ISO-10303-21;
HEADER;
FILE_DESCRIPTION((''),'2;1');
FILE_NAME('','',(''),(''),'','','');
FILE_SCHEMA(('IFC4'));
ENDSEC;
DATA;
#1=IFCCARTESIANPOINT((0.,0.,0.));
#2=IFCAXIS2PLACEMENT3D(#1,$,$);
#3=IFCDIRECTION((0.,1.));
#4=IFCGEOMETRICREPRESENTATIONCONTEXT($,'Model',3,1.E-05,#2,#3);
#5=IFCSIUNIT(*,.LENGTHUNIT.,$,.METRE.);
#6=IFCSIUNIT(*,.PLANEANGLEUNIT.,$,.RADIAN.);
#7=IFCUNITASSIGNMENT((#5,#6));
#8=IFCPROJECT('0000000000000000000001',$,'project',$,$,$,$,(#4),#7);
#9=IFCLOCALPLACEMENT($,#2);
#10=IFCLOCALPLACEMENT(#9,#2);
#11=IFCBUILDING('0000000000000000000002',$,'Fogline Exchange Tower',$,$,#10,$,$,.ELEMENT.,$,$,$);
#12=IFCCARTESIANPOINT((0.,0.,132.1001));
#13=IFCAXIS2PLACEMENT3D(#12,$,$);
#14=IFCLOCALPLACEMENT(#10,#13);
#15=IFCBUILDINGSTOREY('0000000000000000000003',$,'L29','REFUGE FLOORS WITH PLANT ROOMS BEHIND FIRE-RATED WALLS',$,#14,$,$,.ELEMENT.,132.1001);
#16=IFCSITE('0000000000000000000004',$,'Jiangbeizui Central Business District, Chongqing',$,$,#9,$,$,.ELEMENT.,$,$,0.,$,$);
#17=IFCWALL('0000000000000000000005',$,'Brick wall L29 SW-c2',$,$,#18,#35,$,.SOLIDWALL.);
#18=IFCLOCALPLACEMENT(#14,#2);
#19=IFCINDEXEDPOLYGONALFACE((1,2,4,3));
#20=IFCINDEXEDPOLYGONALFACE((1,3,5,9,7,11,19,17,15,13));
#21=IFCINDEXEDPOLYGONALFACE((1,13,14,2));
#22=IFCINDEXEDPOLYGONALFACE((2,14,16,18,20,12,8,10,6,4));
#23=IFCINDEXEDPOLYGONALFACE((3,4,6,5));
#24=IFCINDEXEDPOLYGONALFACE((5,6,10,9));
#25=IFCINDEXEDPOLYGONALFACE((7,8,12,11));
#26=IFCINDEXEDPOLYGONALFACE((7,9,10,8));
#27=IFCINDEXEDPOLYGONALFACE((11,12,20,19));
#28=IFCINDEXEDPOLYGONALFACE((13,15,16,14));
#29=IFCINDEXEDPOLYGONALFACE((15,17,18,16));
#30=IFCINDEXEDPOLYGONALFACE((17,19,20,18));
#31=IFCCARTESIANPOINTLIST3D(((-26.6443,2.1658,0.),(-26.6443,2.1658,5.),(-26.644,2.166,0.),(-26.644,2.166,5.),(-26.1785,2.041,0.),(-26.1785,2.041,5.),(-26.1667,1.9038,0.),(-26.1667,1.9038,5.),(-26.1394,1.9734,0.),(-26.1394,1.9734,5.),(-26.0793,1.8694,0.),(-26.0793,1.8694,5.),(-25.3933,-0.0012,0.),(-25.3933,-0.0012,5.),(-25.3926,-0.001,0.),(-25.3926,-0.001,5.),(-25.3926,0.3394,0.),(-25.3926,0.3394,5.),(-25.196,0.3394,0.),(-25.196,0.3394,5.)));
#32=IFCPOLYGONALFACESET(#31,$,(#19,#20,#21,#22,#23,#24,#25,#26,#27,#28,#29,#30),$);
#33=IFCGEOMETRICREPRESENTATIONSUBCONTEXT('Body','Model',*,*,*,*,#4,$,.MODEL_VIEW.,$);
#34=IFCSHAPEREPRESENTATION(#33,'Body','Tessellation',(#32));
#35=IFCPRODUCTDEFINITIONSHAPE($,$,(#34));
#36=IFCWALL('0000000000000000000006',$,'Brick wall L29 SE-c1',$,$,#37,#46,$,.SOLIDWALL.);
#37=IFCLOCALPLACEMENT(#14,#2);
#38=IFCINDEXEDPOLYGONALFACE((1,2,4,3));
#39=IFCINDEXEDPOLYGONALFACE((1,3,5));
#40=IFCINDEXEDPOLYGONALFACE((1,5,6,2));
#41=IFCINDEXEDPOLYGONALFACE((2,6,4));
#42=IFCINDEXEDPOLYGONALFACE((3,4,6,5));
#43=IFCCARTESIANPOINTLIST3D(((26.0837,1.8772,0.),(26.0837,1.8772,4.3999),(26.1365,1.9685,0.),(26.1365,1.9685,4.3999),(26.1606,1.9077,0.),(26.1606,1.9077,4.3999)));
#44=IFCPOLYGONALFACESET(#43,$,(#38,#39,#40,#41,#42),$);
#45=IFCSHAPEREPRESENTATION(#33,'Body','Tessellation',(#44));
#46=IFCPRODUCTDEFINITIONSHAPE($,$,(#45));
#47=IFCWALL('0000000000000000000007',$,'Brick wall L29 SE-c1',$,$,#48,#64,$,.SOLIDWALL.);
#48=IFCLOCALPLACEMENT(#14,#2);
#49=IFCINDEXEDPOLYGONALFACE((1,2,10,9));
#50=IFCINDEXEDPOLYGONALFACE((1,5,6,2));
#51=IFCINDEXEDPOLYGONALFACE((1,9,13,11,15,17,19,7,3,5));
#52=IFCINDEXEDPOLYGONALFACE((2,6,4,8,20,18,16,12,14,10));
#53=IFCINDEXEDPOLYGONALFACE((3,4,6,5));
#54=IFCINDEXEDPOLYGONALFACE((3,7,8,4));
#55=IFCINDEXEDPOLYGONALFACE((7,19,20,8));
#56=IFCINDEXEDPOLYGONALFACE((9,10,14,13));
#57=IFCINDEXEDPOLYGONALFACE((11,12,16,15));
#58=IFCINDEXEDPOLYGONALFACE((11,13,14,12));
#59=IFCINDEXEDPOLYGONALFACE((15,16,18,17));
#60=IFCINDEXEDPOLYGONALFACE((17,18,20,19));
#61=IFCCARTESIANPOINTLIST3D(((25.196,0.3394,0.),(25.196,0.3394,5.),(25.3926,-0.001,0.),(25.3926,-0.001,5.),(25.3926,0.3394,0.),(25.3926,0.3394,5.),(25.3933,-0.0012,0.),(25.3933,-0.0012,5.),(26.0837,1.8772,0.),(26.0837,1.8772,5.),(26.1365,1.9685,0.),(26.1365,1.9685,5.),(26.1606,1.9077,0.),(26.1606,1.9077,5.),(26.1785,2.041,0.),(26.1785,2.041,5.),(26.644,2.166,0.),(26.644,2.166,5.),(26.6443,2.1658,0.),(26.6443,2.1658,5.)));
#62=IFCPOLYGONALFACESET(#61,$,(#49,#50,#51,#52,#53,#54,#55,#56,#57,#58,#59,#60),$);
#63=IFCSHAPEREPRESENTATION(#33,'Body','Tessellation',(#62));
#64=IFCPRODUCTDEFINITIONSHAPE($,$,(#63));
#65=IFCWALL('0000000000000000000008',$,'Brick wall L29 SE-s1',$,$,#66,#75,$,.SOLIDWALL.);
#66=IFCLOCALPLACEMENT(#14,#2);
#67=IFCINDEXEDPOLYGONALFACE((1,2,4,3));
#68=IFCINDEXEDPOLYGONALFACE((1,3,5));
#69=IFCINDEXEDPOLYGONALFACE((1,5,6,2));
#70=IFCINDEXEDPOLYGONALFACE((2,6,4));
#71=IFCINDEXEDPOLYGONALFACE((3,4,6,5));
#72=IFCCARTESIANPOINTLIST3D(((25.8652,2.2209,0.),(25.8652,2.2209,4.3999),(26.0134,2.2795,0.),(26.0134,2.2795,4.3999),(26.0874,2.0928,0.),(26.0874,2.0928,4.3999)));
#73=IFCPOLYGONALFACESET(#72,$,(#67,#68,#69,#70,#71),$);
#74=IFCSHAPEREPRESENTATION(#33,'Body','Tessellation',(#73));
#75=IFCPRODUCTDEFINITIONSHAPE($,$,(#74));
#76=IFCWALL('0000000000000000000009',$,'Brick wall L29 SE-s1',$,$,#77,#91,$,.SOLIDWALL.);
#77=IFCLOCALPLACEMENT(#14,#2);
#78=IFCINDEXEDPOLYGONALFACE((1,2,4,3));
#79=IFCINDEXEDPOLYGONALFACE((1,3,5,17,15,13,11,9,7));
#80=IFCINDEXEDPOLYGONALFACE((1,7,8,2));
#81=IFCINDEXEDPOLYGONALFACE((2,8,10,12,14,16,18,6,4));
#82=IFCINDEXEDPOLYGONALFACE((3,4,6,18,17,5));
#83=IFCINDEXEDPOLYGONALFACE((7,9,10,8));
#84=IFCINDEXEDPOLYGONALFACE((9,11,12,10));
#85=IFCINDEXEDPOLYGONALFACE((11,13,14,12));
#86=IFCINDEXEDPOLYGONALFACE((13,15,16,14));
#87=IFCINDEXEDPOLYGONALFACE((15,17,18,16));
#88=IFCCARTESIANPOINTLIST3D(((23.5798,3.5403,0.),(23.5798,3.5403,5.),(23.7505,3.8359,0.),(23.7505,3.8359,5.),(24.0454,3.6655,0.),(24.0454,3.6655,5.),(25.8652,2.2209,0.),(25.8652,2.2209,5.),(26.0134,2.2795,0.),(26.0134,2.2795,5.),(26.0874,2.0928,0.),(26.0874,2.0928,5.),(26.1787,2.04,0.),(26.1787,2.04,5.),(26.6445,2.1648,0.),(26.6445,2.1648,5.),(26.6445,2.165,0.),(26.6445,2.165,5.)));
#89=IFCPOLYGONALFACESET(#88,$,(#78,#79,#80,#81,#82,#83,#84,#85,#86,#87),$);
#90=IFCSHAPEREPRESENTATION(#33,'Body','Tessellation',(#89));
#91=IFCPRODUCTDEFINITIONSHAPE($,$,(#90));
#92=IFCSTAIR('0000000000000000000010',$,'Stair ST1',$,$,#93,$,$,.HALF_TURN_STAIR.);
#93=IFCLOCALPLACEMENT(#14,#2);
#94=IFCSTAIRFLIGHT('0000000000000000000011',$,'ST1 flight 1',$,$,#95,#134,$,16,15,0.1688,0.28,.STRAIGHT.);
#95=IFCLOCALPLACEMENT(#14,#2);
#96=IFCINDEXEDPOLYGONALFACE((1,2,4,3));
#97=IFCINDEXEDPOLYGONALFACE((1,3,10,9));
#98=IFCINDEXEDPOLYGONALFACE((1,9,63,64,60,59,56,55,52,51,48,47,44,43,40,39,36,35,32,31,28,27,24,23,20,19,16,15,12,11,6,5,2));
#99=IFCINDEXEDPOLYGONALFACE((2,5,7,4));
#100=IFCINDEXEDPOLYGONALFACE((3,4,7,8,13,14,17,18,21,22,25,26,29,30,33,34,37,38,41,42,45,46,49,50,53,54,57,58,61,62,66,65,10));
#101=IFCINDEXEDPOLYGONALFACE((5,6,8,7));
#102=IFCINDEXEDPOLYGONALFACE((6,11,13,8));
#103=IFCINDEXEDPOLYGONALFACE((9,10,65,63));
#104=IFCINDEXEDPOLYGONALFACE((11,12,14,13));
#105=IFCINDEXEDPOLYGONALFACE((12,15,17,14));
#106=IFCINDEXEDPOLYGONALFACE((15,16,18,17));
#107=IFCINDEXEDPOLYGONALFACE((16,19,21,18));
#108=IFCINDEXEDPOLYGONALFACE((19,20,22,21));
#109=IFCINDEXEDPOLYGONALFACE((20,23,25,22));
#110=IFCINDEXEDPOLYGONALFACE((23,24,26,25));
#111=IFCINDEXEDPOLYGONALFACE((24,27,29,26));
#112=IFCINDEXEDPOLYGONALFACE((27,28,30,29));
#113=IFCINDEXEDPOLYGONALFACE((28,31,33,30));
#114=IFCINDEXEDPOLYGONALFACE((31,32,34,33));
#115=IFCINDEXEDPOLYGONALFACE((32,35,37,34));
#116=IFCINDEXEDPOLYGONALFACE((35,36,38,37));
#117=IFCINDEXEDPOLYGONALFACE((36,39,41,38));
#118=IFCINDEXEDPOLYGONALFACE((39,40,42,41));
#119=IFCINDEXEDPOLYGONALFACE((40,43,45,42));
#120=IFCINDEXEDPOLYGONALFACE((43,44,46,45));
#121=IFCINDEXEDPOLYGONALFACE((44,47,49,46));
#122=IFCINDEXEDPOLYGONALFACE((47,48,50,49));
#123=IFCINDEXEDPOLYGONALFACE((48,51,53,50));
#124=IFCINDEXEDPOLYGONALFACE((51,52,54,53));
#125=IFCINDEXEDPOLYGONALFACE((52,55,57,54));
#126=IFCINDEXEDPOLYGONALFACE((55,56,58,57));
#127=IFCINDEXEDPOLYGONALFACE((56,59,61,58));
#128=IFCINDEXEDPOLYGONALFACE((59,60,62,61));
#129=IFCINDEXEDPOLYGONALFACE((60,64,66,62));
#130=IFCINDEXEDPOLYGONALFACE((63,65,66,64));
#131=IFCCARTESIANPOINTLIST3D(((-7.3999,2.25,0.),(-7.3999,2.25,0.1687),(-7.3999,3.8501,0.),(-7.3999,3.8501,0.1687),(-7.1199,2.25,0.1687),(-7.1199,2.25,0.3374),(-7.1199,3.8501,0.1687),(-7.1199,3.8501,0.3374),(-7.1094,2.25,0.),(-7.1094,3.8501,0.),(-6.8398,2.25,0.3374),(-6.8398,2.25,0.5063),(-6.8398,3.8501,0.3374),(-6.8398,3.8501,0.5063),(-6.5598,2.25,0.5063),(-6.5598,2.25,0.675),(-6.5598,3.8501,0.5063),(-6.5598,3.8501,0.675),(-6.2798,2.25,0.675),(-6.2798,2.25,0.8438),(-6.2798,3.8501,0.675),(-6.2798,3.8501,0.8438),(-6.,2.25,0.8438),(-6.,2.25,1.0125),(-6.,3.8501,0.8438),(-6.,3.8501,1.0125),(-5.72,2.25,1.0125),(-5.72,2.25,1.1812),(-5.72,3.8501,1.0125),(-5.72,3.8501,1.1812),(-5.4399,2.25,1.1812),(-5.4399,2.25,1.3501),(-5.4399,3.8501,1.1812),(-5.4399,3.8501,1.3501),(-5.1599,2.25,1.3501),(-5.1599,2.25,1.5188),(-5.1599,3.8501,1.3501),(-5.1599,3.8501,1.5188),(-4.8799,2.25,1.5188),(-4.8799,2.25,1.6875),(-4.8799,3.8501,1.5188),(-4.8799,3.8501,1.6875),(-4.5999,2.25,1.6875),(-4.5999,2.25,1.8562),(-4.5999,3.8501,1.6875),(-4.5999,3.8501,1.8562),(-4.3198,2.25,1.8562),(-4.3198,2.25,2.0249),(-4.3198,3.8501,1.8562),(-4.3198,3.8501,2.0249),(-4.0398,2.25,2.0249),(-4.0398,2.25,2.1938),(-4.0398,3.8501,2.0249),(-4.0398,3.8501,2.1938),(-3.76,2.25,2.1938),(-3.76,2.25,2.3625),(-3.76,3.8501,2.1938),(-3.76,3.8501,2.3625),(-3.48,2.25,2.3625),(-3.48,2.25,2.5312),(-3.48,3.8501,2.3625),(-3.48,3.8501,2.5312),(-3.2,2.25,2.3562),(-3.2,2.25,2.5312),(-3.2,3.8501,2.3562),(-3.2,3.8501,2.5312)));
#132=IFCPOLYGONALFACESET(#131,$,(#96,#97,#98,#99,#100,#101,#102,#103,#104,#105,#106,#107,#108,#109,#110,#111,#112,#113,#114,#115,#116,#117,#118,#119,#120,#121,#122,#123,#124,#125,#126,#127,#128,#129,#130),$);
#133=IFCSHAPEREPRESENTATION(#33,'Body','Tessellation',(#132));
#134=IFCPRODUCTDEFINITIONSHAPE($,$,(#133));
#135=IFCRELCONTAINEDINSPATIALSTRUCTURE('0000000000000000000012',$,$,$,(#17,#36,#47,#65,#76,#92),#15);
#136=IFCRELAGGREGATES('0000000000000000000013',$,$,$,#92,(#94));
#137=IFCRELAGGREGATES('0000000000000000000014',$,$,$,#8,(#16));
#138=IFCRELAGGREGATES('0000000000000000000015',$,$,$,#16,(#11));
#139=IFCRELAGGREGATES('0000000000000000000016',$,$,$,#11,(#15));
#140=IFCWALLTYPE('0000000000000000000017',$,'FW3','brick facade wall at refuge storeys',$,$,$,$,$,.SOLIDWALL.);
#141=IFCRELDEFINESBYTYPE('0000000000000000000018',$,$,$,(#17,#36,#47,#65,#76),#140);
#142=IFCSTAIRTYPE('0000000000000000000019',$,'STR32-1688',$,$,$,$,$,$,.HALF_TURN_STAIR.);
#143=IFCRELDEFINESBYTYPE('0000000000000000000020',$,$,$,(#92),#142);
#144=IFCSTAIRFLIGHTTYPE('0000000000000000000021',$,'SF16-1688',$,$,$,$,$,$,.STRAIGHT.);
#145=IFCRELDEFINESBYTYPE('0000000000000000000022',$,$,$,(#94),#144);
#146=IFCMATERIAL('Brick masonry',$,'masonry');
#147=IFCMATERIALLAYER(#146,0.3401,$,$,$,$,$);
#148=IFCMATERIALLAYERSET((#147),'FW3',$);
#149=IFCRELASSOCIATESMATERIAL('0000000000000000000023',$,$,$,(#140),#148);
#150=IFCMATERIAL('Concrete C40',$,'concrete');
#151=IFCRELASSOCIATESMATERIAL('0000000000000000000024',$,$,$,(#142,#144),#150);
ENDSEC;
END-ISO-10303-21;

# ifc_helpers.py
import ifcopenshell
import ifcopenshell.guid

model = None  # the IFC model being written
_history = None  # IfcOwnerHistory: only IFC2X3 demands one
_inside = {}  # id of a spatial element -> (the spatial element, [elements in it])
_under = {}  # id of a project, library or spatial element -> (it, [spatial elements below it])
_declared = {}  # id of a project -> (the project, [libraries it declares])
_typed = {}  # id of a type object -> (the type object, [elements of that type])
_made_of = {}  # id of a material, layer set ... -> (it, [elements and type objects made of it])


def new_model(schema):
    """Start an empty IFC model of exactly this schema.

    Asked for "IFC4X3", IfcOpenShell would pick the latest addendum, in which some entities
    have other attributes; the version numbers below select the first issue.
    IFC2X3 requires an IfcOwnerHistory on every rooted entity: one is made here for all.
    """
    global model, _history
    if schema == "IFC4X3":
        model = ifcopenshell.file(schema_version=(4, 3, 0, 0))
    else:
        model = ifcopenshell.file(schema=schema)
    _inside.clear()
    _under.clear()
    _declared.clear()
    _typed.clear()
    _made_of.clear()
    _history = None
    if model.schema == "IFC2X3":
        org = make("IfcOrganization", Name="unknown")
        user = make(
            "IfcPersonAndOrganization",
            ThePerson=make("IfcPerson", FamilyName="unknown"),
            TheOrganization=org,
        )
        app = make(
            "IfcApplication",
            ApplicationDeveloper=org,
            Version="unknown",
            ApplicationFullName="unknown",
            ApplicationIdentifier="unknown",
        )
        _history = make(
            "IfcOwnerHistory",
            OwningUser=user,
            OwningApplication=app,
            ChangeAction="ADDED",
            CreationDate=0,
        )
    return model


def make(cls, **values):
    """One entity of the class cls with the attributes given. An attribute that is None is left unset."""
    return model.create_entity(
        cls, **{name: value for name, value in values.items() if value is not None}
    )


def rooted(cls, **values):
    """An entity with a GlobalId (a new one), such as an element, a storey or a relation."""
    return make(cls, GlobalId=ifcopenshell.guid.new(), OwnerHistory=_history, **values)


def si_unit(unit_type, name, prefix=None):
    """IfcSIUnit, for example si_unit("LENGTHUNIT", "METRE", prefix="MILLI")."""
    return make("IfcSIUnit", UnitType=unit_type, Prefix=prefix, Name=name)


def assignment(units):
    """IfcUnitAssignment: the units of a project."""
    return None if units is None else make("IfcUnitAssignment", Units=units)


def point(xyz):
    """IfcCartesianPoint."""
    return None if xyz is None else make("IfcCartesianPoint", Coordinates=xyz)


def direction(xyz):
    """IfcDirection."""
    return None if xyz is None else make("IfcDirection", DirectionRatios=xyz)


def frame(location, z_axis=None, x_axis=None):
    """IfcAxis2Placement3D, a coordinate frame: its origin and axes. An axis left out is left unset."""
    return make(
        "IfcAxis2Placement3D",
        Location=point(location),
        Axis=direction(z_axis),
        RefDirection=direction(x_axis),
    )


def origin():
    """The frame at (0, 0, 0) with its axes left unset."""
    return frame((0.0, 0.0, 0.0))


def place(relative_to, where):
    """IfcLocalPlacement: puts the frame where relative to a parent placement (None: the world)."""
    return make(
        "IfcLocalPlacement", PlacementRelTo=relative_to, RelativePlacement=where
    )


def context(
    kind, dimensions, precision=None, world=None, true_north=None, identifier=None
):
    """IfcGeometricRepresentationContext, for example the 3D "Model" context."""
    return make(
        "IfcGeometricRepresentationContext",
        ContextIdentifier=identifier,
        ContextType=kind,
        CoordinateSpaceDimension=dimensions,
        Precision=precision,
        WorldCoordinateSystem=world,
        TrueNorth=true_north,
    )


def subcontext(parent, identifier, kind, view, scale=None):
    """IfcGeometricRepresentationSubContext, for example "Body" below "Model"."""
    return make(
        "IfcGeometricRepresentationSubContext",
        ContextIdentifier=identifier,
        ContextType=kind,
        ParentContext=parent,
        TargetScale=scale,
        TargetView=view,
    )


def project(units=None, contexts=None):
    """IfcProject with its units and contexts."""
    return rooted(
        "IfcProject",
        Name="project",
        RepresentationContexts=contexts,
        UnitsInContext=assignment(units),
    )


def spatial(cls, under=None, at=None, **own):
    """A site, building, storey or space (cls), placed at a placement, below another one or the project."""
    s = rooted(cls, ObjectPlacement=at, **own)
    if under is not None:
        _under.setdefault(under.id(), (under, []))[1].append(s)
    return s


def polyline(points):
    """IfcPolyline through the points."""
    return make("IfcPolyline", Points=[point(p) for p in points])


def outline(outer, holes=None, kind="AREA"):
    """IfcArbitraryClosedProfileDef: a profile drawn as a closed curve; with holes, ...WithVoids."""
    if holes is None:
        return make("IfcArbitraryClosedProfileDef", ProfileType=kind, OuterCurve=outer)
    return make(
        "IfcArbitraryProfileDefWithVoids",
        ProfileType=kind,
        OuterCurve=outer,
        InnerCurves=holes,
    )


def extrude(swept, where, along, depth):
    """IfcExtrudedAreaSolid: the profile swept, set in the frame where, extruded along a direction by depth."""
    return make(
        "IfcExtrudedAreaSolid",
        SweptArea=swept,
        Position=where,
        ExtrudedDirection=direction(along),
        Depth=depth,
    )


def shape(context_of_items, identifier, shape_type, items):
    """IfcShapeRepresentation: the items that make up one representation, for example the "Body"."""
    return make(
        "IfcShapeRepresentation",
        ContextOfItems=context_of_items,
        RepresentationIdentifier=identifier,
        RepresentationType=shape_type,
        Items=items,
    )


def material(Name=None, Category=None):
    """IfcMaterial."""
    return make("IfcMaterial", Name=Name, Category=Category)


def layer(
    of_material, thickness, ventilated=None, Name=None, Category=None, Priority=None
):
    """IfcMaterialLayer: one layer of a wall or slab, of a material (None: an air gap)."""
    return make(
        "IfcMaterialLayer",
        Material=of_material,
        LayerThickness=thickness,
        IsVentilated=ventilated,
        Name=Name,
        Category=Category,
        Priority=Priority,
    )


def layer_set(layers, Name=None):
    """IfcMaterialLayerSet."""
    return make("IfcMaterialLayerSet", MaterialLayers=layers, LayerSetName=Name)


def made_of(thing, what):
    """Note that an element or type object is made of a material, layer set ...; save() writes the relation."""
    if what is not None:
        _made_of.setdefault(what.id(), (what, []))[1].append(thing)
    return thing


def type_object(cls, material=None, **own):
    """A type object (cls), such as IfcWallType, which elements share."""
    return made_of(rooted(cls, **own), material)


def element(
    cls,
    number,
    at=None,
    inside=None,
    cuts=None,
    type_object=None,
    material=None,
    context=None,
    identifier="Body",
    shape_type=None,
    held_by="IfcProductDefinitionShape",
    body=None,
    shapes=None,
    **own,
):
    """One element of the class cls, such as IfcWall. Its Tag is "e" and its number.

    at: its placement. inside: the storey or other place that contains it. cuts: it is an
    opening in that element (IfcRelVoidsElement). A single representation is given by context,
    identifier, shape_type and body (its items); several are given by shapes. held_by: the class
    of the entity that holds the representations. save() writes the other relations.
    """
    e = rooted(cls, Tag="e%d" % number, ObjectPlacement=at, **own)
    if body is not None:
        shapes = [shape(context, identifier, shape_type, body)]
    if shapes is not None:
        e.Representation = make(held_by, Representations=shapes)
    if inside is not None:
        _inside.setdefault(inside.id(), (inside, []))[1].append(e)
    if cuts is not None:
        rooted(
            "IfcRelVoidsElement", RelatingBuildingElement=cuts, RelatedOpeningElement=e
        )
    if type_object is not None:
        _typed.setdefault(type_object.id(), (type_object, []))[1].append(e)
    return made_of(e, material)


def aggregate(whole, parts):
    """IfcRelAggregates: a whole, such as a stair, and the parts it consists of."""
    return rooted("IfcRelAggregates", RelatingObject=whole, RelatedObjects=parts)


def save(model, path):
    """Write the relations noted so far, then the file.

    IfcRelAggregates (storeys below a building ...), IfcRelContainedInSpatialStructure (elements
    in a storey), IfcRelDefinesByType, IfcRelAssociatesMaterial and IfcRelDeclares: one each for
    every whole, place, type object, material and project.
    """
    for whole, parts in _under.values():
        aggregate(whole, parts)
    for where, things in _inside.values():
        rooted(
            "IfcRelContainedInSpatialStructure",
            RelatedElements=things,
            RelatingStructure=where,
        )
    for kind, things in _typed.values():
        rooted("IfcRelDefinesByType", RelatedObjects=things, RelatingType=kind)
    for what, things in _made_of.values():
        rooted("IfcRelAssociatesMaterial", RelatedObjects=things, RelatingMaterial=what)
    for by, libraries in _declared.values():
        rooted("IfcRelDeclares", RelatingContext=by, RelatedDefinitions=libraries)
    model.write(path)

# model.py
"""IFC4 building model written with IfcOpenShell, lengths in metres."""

from ifc_helpers import new_model, si_unit, direction, frame, origin, place, context, subcontext, project, spatial, polyline, outline, extrude, material, layer, layer_set, type_object, element, aggregate, save


model = new_model("IFC4")

# Units and contexts
model_context = context("Model", 3, precision=1e-05, world=origin(), true_north=direction((0.0, 1.0)))
body_context = subcontext(model_context, "Body", "Model", "MODEL_VIEW")
ifc_project = project(units=[si_unit("LENGTHUNIT", "METRE"), si_unit("PLANEANGLEUNIT", "RADIAN")], contexts=[model_context])

# Site, building, storey
site_placement = place(None, origin())
site = spatial("IfcSite", under=ifc_project, at=site_placement, Name="Jiangbeizui Central Business District, Chongqing", CompositionType="ELEMENT", RefElevation=0.0)
building_placement = place(site_placement, origin())
building = spatial("IfcBuilding", under=site, at=building_placement, Name="Fogline Exchange Tower", CompositionType="ELEMENT")
storey_placement = place(building_placement, frame((0.0, 0.0, 132.1001)))
storey = spatial("IfcBuildingStorey", under=building, at=storey_placement, Name="L29", Description="REFUGE FLOORS WITH PLANT ROOMS BEHIND FIRE-RATED WALLS", CompositionType="ELEMENT", Elevation=132.1001)

# Shared definitions
ifc_material_1 = material(Name="Concrete C40", Category="concrete")

# Walls
ifc_material_2 = material(Name="Brick masonry", Category="masonry")
ifc_layer_1 = layer(ifc_material_2, 0.3401)
ifc_layer_set_1 = layer_set([ifc_layer_1], Name="FW3")
wall_type_1 = type_object("IfcWallType", Name="FW3", Description="brick facade wall at refuge storeys", PredefinedType="SOLIDWALL", material=ifc_layer_set_1)
wall_1_placement = place(storey_placement, origin())
element("IfcWall", 1, at=wall_1_placement, inside=storey, type_object=wall_type_1, Name="Brick wall L29 SW-c2", PredefinedType="SOLIDWALL", context=body_context, shape_type="SweptSolid", body=[
    extrude(outline(polyline([(-25.3926, 0.3394), (-25.3926, -0.001), (-25.3933, -0.0012), (-26.6443, 2.1658), (-26.644, 2.166), (-26.1785, 2.041), (-26.1394, 1.9734), (-26.1667, 1.9038), (-26.0793, 1.8694), (-25.196, 0.3394), (-25.3926, 0.3394)])), origin(), (0.0, 0.0, 1.0), 5.0),
])
wall_2_placement = place(storey_placement, origin())
element("IfcWall", 2, at=wall_2_placement, inside=storey, type_object=wall_type_1, Name="Brick wall L29 SE-c1", PredefinedType="SOLIDWALL", context=body_context, shape_type="SweptSolid", body=[
    extrude(outline(polyline([(26.1365, 1.9685), (26.1606, 1.9077), (26.0837, 1.8772), (26.1365, 1.9685)])), origin(), (0.0, 0.0, 1.0), 4.3999),
])
wall_3_placement = place(storey_placement, origin())
element("IfcWall", 3, at=wall_3_placement, inside=storey, type_object=wall_type_1, Name="Brick wall L29 SE-c1", PredefinedType="SOLIDWALL", context=body_context, shape_type="SweptSolid", body=[
    extrude(outline(polyline([(25.3933, -0.0012), (25.3926, -0.001), (25.3926, 0.3394), (25.196, 0.3394), (26.0837, 1.8772), (26.1606, 1.9077), (26.1365, 1.9685), (26.1785, 2.041), (26.644, 2.166), (26.6443, 2.1658), (25.3933, -0.0012)])), origin(), (0.0, 0.0, 1.0), 5.0),
])
wall_4_placement = place(storey_placement, origin())
element("IfcWall", 4, at=wall_4_placement, inside=storey, type_object=wall_type_1, Name="Brick wall L29 SE-s1", PredefinedType="SOLIDWALL", context=body_context, shape_type="SweptSolid", body=[
    extrude(outline(polyline([(25.8652, 2.2209), (26.0134, 2.2795), (26.0874, 2.0928), (25.8652, 2.2209)])), origin(), (0.0, 0.0, 1.0), 4.3999),
])
wall_5_placement = place(storey_placement, origin())
element("IfcWall", 5, at=wall_5_placement, inside=storey, type_object=wall_type_1, Name="Brick wall L29 SE-s1", PredefinedType="SOLIDWALL", context=body_context, shape_type="SweptSolid", body=[
    extrude(outline(polyline([(23.7505, 3.8359), (24.0454, 3.6655), (26.6445, 2.165), (26.6445, 2.1648), (26.1787, 2.04), (26.0874, 2.0928), (26.0134, 2.2795), (25.8652, 2.2209), (23.5798, 3.5403), (23.7505, 3.8359)])), origin(), (0.0, 0.0, 1.0), 5.0),
])

# Stair, stair flight
stair_type = type_object("IfcStairType", Name="STR32-1688", PredefinedType="HALF_TURN_STAIR", material=ifc_material_1)
stair_placement = place(storey_placement, origin())
stair = element("IfcStair", 6, at=stair_placement, inside=storey, type_object=stair_type, Name="Stair ST1", PredefinedType="HALF_TURN_STAIR")
stair_flight_type = type_object("IfcStairFlightType", Name="SF16-1688", PredefinedType="STRAIGHT", material=ifc_material_1)
stair_flight_placement = place(storey_placement, frame((-7.3999, 3.05, 0.0), z_axis=(0.0, 0.0, 1.0), x_axis=(1.0, 0.0, 0.0)))
stair_flight = element("IfcStairFlight", 7, at=stair_flight_placement, type_object=stair_flight_type, Name="ST1 flight 1", NumberOfRisers=16, NumberOfTreads=15, PredefinedType="STRAIGHT", RiserHeight=0.1688, TreadLength=0.28, context=body_context, shape_type="SweptSolid", body=[
    extrude(outline(polyline([(0.0, 0.0), (0.0, 0.1687), (0.28, 0.1687), (0.28, 0.3374), (0.5601, 0.3374), (0.5601, 0.5063), (0.8401, 0.5063), (0.8401, 0.675), (1.1201, 0.675), (1.1201, 0.8438), (1.3999, 0.8438), (1.3999, 1.0125), (1.6799, 1.0125), (1.6799, 1.1812), (1.96, 1.1812), (1.96, 1.3501), (2.24, 1.3501), (2.24, 1.5188), (2.52, 1.5188), (2.52, 1.6875), (2.8, 1.6875), (2.8, 1.8562), (3.0801, 1.8562), (3.0801, 2.0249), (3.3601, 2.0249), (3.3601, 2.1938), (3.6399, 2.1938), (3.6399, 2.3625), (3.9199, 2.3625), (3.9199, 2.5312), (4.2, 2.5312), (4.2, 2.7), (4.2, 2.3562), (0.2905, 0.0), (0.0, 0.0)])), frame((0.0, 0.8, 0.0), z_axis=(0.0, -1.0, 0.0), x_axis=(1.0, 0.0, 0.0)), (0.0, 0.0, 1.0), 1.6001),
])
aggregate(stair, [stair_flight])

save(model, "model.ifc")
